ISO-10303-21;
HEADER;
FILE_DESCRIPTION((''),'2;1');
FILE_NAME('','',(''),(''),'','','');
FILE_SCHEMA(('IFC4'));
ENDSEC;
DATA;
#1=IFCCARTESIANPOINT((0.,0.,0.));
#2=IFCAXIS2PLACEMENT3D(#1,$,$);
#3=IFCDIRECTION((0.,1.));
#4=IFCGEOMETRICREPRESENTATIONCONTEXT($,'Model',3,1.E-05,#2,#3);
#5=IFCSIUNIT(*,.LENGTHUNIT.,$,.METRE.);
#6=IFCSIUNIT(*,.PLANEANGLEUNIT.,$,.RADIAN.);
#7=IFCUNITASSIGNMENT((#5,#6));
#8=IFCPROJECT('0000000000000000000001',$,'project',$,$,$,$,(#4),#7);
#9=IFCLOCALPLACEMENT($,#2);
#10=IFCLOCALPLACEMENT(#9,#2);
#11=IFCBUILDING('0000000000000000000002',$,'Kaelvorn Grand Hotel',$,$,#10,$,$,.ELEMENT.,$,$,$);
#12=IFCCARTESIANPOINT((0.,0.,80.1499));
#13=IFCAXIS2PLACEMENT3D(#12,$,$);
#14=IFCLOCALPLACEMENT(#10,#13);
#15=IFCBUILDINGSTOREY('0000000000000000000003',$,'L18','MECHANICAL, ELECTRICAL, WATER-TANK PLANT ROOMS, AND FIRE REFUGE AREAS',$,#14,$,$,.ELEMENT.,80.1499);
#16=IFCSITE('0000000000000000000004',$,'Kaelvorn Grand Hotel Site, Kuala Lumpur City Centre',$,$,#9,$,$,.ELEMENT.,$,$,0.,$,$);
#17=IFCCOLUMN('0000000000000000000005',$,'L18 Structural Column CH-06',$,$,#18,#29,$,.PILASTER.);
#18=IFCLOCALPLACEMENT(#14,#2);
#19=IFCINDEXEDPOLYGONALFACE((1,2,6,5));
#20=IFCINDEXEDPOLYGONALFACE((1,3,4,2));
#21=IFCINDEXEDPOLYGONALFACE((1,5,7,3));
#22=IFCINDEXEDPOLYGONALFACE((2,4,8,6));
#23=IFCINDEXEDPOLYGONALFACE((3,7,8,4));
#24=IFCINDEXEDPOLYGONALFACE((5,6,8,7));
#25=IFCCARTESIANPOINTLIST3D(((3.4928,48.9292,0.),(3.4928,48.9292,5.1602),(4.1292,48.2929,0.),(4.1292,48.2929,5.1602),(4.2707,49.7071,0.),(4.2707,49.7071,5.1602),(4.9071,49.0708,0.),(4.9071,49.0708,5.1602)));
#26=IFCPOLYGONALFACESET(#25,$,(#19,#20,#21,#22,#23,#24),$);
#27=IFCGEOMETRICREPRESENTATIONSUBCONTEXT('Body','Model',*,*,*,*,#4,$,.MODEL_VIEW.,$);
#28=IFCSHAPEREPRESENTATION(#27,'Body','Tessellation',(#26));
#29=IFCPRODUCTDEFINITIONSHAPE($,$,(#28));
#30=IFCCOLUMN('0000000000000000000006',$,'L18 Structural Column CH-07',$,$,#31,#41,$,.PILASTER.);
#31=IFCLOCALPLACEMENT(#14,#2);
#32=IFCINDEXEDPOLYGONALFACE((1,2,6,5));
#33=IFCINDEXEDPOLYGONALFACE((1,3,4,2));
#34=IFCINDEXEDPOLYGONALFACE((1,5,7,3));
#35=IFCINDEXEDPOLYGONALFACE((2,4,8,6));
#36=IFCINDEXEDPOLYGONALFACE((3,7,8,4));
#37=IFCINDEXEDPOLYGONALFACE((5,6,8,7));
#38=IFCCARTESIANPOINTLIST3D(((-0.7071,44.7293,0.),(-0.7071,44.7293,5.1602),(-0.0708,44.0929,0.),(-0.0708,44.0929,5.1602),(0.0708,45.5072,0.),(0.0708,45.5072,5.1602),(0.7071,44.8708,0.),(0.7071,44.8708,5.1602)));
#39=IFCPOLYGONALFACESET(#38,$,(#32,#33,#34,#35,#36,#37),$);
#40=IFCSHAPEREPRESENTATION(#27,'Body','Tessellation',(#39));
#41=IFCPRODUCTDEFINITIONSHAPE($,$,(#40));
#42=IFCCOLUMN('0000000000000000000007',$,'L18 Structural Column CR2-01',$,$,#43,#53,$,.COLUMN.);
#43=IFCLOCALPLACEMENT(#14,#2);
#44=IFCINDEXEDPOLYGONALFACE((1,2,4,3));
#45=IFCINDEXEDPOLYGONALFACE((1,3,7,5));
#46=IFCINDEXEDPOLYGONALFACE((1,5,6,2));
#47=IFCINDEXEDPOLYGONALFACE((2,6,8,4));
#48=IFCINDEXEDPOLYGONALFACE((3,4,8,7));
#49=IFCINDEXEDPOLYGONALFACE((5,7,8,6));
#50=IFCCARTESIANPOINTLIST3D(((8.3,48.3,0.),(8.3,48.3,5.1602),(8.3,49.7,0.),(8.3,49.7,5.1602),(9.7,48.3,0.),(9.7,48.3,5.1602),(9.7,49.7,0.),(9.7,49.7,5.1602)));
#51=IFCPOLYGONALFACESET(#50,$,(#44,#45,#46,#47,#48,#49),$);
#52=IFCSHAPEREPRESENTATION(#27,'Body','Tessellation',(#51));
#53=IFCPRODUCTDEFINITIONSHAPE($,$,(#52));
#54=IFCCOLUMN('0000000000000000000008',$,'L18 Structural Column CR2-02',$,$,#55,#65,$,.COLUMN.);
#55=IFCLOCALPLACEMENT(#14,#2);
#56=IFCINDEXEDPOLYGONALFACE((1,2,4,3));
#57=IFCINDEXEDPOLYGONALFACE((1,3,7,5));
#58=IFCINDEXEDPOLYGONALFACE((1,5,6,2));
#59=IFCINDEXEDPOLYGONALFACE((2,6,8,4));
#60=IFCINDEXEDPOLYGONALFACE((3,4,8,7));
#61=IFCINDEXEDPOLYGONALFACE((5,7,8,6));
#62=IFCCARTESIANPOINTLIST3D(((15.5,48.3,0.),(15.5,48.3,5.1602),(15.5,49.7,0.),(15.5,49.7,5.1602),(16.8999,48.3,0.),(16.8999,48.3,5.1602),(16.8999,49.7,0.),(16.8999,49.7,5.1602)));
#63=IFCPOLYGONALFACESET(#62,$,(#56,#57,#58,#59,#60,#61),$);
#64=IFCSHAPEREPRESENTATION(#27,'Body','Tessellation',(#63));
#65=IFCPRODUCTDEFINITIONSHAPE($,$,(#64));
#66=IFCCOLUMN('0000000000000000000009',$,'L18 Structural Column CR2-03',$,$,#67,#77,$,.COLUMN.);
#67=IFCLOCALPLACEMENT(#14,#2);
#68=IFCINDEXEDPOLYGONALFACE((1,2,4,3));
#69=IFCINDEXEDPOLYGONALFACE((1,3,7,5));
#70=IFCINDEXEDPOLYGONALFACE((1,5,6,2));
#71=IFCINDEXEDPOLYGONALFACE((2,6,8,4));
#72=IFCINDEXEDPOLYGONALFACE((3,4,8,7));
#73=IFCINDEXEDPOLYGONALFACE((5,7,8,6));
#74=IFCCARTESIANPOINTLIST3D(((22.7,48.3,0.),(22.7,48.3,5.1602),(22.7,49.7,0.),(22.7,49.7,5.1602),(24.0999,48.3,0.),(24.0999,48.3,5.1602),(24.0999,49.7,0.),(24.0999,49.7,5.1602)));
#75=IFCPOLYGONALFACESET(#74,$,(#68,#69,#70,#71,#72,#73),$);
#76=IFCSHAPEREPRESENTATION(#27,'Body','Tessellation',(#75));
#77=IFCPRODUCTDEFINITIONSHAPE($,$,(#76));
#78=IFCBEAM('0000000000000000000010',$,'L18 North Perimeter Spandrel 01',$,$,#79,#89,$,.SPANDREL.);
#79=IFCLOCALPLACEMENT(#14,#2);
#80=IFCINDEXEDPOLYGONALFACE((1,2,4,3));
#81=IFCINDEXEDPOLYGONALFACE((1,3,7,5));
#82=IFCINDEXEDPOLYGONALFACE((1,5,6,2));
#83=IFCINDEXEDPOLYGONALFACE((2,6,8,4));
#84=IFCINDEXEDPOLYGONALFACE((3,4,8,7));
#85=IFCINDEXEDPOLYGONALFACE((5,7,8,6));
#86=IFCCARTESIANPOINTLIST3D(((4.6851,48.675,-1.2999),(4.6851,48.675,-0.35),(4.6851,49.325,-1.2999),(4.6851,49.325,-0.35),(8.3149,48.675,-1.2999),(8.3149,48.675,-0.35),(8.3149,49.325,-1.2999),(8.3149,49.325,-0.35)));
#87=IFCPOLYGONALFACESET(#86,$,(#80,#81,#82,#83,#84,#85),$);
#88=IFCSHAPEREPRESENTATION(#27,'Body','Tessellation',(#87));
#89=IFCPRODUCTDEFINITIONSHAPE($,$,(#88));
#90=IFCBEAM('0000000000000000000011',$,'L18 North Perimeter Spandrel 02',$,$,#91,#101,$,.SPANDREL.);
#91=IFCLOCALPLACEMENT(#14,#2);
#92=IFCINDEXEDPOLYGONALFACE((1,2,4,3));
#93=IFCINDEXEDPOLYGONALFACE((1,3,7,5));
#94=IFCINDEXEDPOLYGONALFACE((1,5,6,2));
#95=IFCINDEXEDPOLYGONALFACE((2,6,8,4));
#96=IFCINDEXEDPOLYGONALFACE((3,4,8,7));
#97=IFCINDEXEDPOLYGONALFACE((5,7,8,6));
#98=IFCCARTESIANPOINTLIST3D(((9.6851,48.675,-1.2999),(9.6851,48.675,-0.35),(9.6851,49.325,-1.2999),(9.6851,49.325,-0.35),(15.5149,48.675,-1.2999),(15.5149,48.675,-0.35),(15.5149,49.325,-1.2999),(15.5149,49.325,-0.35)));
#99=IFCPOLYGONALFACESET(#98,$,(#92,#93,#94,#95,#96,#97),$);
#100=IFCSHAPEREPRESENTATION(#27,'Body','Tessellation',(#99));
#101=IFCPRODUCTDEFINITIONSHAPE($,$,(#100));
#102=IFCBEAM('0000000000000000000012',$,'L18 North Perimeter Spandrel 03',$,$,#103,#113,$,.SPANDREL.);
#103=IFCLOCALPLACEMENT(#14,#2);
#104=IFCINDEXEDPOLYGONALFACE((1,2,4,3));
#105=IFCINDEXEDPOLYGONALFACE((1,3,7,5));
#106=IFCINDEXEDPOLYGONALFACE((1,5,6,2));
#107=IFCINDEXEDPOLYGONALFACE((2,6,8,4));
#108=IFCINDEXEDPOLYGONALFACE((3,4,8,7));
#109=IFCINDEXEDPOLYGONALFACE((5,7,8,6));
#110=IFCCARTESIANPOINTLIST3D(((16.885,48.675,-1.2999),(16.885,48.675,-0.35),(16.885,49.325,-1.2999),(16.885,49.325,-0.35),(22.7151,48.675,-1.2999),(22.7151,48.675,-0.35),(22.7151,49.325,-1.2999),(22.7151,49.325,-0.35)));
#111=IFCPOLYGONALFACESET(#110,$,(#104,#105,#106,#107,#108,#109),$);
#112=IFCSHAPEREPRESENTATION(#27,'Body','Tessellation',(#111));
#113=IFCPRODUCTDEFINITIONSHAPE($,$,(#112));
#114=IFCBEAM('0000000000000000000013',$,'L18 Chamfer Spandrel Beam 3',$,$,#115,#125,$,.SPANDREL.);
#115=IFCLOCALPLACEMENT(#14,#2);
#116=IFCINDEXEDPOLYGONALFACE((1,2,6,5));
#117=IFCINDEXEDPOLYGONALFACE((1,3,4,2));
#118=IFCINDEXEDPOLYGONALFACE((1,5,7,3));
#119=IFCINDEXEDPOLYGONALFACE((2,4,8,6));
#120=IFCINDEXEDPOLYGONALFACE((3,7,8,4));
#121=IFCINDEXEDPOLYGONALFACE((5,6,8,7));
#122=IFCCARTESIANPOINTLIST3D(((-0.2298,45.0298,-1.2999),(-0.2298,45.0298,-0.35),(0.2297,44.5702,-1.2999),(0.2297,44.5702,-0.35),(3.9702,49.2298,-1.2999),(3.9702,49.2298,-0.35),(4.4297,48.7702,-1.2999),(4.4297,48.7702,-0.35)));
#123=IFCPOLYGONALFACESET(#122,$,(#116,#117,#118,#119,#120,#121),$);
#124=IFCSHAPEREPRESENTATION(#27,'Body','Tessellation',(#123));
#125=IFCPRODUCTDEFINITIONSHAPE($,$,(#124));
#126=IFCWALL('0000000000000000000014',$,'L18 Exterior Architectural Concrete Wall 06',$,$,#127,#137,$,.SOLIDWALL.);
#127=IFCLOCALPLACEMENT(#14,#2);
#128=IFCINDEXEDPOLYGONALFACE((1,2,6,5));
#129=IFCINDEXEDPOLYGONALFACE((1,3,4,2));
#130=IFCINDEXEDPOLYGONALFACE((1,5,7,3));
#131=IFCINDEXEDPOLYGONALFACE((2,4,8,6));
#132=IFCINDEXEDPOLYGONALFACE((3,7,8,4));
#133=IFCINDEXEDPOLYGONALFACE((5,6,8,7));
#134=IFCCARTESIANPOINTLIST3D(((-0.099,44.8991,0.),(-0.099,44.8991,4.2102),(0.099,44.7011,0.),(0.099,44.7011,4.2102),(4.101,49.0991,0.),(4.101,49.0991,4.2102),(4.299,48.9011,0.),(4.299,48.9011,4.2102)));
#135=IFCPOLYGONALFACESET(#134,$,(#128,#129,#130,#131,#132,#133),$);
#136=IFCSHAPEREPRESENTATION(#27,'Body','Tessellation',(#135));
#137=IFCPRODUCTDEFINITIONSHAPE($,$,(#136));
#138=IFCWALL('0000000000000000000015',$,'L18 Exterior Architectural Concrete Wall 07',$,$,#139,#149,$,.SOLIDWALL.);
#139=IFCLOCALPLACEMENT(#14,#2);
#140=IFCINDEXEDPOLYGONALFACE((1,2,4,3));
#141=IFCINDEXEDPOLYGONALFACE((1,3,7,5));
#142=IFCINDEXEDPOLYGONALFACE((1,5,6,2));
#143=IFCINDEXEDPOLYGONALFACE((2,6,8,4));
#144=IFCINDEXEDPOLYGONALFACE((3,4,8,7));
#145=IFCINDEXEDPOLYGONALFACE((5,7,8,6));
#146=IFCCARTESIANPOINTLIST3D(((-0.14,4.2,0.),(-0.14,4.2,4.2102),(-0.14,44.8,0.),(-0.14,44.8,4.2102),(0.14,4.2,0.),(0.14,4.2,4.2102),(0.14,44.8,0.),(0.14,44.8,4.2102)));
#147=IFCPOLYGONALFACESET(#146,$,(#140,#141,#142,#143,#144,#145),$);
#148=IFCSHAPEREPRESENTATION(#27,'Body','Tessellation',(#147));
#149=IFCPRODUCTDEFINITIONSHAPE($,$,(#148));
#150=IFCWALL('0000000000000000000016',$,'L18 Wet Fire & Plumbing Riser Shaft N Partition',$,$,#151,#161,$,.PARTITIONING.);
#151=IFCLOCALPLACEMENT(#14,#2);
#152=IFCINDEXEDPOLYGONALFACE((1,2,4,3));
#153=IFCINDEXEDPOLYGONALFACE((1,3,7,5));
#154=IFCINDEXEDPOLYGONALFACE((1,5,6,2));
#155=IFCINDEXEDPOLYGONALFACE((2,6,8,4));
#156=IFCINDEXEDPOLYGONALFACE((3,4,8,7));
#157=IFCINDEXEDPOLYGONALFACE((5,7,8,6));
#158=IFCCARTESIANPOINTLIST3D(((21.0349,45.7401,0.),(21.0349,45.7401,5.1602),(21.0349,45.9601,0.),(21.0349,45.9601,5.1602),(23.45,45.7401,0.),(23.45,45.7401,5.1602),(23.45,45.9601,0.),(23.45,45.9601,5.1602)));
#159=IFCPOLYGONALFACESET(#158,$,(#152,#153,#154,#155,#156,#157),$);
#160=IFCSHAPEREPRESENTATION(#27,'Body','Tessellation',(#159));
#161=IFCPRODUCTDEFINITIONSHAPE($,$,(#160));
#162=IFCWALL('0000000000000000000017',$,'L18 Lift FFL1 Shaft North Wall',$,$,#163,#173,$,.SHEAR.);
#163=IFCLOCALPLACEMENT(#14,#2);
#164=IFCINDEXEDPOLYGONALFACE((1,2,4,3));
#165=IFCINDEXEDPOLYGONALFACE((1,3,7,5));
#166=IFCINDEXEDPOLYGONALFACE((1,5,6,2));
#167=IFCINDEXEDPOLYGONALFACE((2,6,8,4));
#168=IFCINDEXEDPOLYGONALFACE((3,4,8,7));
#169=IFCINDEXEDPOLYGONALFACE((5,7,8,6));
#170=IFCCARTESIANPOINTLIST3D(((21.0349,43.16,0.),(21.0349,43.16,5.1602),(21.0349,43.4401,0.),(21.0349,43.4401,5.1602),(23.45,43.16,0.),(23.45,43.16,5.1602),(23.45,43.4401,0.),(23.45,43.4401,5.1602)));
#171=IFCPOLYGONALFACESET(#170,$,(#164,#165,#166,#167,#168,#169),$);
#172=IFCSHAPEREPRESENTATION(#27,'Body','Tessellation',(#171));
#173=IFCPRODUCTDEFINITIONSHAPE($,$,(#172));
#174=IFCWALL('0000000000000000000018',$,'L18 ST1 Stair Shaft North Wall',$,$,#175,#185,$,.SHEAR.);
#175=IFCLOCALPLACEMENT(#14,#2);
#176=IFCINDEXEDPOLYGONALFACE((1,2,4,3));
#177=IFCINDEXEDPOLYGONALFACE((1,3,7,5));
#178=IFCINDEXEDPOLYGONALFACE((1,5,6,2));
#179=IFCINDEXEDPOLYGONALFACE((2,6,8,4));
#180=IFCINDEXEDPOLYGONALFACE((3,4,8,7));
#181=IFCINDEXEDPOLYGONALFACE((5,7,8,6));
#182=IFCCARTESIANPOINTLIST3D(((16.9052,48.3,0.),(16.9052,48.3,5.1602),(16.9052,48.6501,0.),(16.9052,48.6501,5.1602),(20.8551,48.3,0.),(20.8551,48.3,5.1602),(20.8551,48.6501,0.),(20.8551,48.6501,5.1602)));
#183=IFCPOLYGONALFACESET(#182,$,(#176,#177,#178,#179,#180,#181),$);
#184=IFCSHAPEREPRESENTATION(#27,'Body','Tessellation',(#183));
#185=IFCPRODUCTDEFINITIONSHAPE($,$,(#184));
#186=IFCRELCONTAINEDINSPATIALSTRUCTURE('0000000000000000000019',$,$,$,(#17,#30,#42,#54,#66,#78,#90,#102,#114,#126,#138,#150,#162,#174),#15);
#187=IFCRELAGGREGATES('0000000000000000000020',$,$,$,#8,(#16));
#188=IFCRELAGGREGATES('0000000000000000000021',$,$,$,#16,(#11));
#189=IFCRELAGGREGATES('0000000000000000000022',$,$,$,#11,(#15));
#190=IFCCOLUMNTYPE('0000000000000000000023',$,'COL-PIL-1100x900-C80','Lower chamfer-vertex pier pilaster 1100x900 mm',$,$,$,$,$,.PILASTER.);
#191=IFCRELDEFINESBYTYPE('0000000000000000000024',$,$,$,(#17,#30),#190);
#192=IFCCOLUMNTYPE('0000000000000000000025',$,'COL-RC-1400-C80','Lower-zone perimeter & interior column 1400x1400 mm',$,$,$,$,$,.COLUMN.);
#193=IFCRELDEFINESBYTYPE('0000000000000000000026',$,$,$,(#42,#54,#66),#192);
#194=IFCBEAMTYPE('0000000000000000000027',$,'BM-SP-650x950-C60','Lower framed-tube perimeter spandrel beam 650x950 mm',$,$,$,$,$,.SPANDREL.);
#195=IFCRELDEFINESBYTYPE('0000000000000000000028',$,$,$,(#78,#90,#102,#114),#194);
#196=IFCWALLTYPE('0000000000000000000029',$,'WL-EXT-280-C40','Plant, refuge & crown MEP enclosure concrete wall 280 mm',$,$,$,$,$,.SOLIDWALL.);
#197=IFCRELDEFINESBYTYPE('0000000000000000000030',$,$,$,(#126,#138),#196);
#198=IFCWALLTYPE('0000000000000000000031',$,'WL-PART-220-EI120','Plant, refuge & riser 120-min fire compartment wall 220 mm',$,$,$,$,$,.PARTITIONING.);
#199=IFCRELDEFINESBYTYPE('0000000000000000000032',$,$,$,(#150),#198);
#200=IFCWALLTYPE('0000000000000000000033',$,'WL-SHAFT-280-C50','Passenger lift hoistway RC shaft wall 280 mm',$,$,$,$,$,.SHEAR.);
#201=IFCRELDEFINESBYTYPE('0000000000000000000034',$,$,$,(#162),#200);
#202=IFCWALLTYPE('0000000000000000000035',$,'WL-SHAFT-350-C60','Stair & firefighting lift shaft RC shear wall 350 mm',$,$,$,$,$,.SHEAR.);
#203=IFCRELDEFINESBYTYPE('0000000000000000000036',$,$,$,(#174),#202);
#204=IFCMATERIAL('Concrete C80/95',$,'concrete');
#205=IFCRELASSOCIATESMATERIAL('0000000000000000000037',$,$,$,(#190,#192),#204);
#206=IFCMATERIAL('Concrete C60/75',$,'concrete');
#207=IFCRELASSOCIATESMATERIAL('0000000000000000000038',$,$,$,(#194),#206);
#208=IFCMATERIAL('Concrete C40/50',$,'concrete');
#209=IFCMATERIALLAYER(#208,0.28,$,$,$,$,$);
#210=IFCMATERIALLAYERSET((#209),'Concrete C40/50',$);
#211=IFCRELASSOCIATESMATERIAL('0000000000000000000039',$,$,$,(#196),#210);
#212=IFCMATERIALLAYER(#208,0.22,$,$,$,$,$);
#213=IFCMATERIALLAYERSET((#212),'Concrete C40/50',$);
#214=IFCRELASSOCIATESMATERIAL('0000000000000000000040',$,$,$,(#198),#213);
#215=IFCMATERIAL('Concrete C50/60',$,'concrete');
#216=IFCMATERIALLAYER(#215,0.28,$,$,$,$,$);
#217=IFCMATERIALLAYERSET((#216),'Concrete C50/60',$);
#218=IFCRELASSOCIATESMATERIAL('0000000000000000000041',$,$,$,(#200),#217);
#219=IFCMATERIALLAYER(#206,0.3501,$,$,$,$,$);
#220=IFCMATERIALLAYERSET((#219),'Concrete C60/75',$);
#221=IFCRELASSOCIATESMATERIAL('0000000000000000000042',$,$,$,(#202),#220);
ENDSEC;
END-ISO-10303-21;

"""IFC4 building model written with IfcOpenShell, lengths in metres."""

from ifc_helpers import new_model, si_unit, direction, frame, frame_2d, origin, origin_2d, place, context, subcontext, project, spatial, rectangle, extrude, material, layer, layer_set, material_profile, profile_set, type_object, element, save


model = new_model("IFC4")

# Units and contexts
model_context = context("Model", 3, precision=1e-05, world=origin(), true_north=direction((0.0, 1.0)))
body_context = subcontext(model_context, "Body", "Model", "MODEL_VIEW")
ifc_project = project(units=[si_unit("LENGTHUNIT", "METRE"), si_unit("PLANEANGLEUNIT", "RADIAN")], contexts=[model_context])

# Site, building, storey
site_placement = place(None, origin())
site = spatial("IfcSite", under=ifc_project, at=site_placement, Name="Kaelvorn Grand Hotel Site, Kuala Lumpur City Centre", CompositionType="ELEMENT", RefElevation=0.0)
building_placement = place(site_placement, origin())
building = spatial("IfcBuilding", under=site, at=building_placement, Name="Kaelvorn Grand Hotel", CompositionType="ELEMENT")
storey_placement = place(building_placement, frame((0.0, 0.0, 80.1499)))
storey = spatial("IfcBuildingStorey", under=building, at=storey_placement, Name="L18", Description="MECHANICAL, ELECTRICAL, WATER-TANK PLANT ROOMS, AND FIRE REFUGE AREAS", CompositionType="ELEMENT", Elevation=80.1499)

# Columns
ifc_material_1 = material(Name="Concrete C80/95", Category="concrete")
ifc_material_profile_1 = material_profile(ifc_material_1, rectangle(XDim=1.1001, YDim=0.8999, at=origin_2d()), Name="RC PILASTER 1100x900")
ifc_profile_set_1 = profile_set([ifc_material_profile_1], Name="Concrete C80/95")
column_type_1 = type_object("IfcColumnType", Name="COL-PIL-1100x900-C80", Description="Lower chamfer-vertex pier pilaster 1100x900 mm", PredefinedType="PILASTER", material=ifc_profile_set_1)
for number, where, z_axis, x_axis, name in (
    (1, (4.2, 49.0, 0.0), (0.0, 0.0, 1.0), (0.707107, 0.707107, 0.0), "L18 Structural Column CH-06"),
    (2, (0.0, 44.8, 0.0), (0.0, 0.0, 1.0), (0.707107, 0.707107, 0.0), "L18 Structural Column CH-07"),
):
    element("IfcColumn", number, at=place(storey_placement, frame(where, z_axis=z_axis, x_axis=x_axis)), inside=storey, type_object=column_type_1, Name=name, PredefinedType="PILASTER", context=body_context, shape_type="SweptSolid", body=[
        extrude(rectangle(XDim=1.1001, YDim=0.8999, at=origin_2d()), origin(), (0.0, 0.0, 1.0), 5.1602),
    ])
ifc_material_profile_2 = material_profile(ifc_material_1, rectangle(XDim=1.3999, YDim=1.3999, at=origin_2d()), Name="RC COL 1400x1400")
ifc_profile_set_2 = profile_set([ifc_material_profile_2], Name="Concrete C80/95")
column_type_2 = type_object("IfcColumnType", Name="COL-RC-1400-C80", Description="Lower-zone perimeter & interior column 1400x1400 mm", PredefinedType="COLUMN", material=ifc_profile_set_2)
for number, where, z_axis, x_axis, name in (
    (3, (9.0, 49.0, 0.0), (0.0, 0.0, 1.0), (1.0, 0.0, 0.0), "L18 Structural Column CR2-01"),
    (4, (16.2, 49.0, 0.0), (0.0, 0.0, 1.0), (1.0, 0.0, 0.0), "L18 Structural Column CR2-02"),
    (5, (23.3999, 49.0, 0.0), (0.0, 0.0, 1.0), (1.0, 0.0, 0.0), "L18 Structural Column CR2-03"),
):
    element("IfcColumn", number, at=place(storey_placement, frame(where, z_axis=z_axis, x_axis=x_axis)), inside=storey, type_object=column_type_2, Name=name, PredefinedType="COLUMN", context=body_context, shape_type="SweptSolid", body=[
        extrude(rectangle(XDim=1.3999, YDim=1.3999, at=origin_2d()), origin(), (0.0, 0.0, 1.0), 5.1602),
    ])

# Beams
ifc_material_2 = material(Name="Concrete C60/75", Category="concrete")
ifc_material_profile_3 = material_profile(ifc_material_2, rectangle(XDim=0.6499, YDim=0.95, at=origin_2d()), Name="RC SPANDREL 650x950")
ifc_profile_set_3 = profile_set([ifc_material_profile_3], Name="Concrete C60/75")
beam_type = type_object("IfcBeamType", Name="BM-SP-650x950-C60", Description="Lower framed-tube perimeter spandrel beam 650x950 mm", PredefinedType="SPANDREL", material=ifc_profile_set_3)
beam_1_placement = place(storey_placement, frame((4.6851, 49.0, -0.825), z_axis=(1.0, 0.0, 0.0), x_axis=(0.0, 1.0, 0.0)))
element("IfcBeam", 6, at=beam_1_placement, inside=storey, type_object=beam_type, Name="L18 North Perimeter Spandrel 01", PredefinedType="SPANDREL", context=body_context, shape_type="SweptSolid", body=[
    extrude(rectangle(XDim=0.6499, YDim=0.95, at=origin_2d()), origin(), (0.0, 0.0, 1.0), 3.6299),
])
beam_2_placement = place(storey_placement, frame((9.6851, 49.0, -0.825), z_axis=(1.0, 0.0, 0.0), x_axis=(0.0, 1.0, 0.0)))
element("IfcBeam", 7, at=beam_2_placement, inside=storey, type_object=beam_type, Name="L18 North Perimeter Spandrel 02", PredefinedType="SPANDREL", context=body_context, shape_type="SweptSolid", body=[
    extrude(rectangle(XDim=0.6499, YDim=0.95, at=origin_2d()), origin(), (0.0, 0.0, 1.0), 5.8298),
])
beam_3_placement = place(storey_placement, frame((16.885, 49.0, -0.825), z_axis=(1.0, 0.0, 0.0), x_axis=(0.0, 1.0, 0.0)))
element("IfcBeam", 8, at=beam_3_placement, inside=storey, type_object=beam_type, Name="L18 North Perimeter Spandrel 03", PredefinedType="SPANDREL", context=body_context, shape_type="SweptSolid", body=[
    extrude(rectangle(XDim=0.6499, YDim=0.95, at=origin_2d()), origin(), (0.0, 0.0, 1.0), 5.8301),
])
beam_4_placement = place(storey_placement, frame((4.2, 49.0, -0.825), z_axis=(-0.707107, -0.707107, 0.0), x_axis=(0.707107, -0.707107, 0.0)))
element("IfcBeam", 9, at=beam_4_placement, inside=storey, type_object=beam_type, Name="L18 Chamfer Spandrel Beam 3", PredefinedType="SPANDREL", context=body_context, shape_type="SweptSolid", body=[
    extrude(rectangle(XDim=0.6499, YDim=0.95, at=origin_2d()), origin(), (0.0, 0.0, 1.0), 5.9397),
])

# Walls
ifc_material_3 = material(Name="Concrete C40/50", Category="concrete")
ifc_layer_1 = layer(ifc_material_3, 0.28)
ifc_layer_set_1 = layer_set([ifc_layer_1], Name="Concrete C40/50")
wall_type_1 = type_object("IfcWallType", Name="WL-EXT-280-C40", Description="Plant, refuge & crown MEP enclosure concrete wall 280 mm", PredefinedType="SOLIDWALL", material=ifc_layer_set_1)
wall_1_placement = place(storey_placement, frame((4.2, 49.0, 0.0), z_axis=(0.0, 0.0, 1.0), x_axis=(-0.707107, -0.707107, 0.0)))
element("IfcWall", 10, at=wall_1_placement, inside=storey, type_object=wall_type_1, Name="L18 Exterior Architectural Concrete Wall 06", PredefinedType="SOLIDWALL", context=body_context, shape_type="SweptSolid", body=[
    extrude(rectangle(XDim=5.9397, YDim=0.28, at=frame_2d((2.9697, 0.0))), origin(), (0.0, 0.0, 1.0), 4.2102),
])
wall_2_placement = place(storey_placement, frame((0.0, 44.8, 0.0), z_axis=(0.0, 0.0, 1.0), x_axis=(0.0, -1.0, 0.0)))
element("IfcWall", 11, at=wall_2_placement, inside=storey, type_object=wall_type_1, Name="L18 Exterior Architectural Concrete Wall 07", PredefinedType="SOLIDWALL", context=body_context, shape_type="SweptSolid", body=[
    extrude(rectangle(XDim=40.6001, YDim=0.28, at=frame_2d((20.3, 0.0))), origin(), (0.0, 0.0, 1.0), 4.2102),
])
ifc_layer_2 = layer(ifc_material_3, 0.22)
ifc_layer_set_2 = layer_set([ifc_layer_2], Name="Concrete C40/50")
wall_type_2 = type_object("IfcWallType", Name="WL-PART-220-EI120", Description="Plant, refuge & riser 120-min fire compartment wall 220 mm", PredefinedType="PARTITIONING", material=ifc_layer_set_2)
wall_3_placement = place(storey_placement, frame((21.0349, 45.8501, 0.0), z_axis=(0.0, 0.0, 1.0), x_axis=(1.0, 0.0, 0.0)))
element("IfcWall", 12, at=wall_3_placement, inside=storey, type_object=wall_type_2, Name="L18 Wet Fire & Plumbing Riser Shaft N Partition", PredefinedType="PARTITIONING", context=body_context, shape_type="SweptSolid", body=[
    extrude(rectangle(XDim=2.415, YDim=0.22, at=frame_2d((1.2075, 0.0))), origin(), (0.0, 0.0, 1.0), 5.1602),
])
ifc_material_4 = material(Name="Concrete C50/60", Category="concrete")
ifc_layer_3 = layer(ifc_material_4, 0.28)
ifc_layer_set_3 = layer_set([ifc_layer_3], Name="Concrete C50/60")
wall_type_3 = type_object("IfcWallType", Name="WL-SHAFT-280-C50", Description="Passenger lift hoistway RC shaft wall 280 mm", PredefinedType="SHEAR", material=ifc_layer_set_3)
wall_4_placement = place(storey_placement, frame((21.0349, 43.3, 0.0), z_axis=(0.0, 0.0, 1.0), x_axis=(1.0, 0.0, 0.0)))
element("IfcWall", 13, at=wall_4_placement, inside=storey, type_object=wall_type_3, Name="L18 Lift FFL1 Shaft North Wall", PredefinedType="SHEAR", context=body_context, shape_type="SweptSolid", body=[
    extrude(rectangle(XDim=2.415, YDim=0.28, at=frame_2d((1.2075, 0.0))), origin(), (0.0, 0.0, 1.0), 5.1602),
])
ifc_layer_4 = layer(ifc_material_2, 0.3501)
ifc_layer_set_4 = layer_set([ifc_layer_4], Name="Concrete C60/75")
wall_type_4 = type_object("IfcWallType", Name="WL-SHAFT-350-C60", Description="Stair & firefighting lift shaft RC shear wall 350 mm", PredefinedType="SHEAR", material=ifc_layer_set_4)
wall_5_placement = place(storey_placement, frame((16.905, 48.4751, 0.0), z_axis=(0.0, 0.0, 1.0), x_axis=(1.0, 0.0, 0.0)))
element("IfcWall", 14, at=wall_5_placement, inside=storey, type_object=wall_type_4, Name="L18 ST1 Stair Shaft North Wall", PredefinedType="SHEAR", context=body_context, shape_type="SweptSolid", body=[
    extrude(rectangle(XDim=3.95, YDim=0.3501, at=frame_2d((1.9751, 0.0))), origin(), (0.0, 0.0, 1.0), 5.1602),
])

save(model, "model.ifc")
